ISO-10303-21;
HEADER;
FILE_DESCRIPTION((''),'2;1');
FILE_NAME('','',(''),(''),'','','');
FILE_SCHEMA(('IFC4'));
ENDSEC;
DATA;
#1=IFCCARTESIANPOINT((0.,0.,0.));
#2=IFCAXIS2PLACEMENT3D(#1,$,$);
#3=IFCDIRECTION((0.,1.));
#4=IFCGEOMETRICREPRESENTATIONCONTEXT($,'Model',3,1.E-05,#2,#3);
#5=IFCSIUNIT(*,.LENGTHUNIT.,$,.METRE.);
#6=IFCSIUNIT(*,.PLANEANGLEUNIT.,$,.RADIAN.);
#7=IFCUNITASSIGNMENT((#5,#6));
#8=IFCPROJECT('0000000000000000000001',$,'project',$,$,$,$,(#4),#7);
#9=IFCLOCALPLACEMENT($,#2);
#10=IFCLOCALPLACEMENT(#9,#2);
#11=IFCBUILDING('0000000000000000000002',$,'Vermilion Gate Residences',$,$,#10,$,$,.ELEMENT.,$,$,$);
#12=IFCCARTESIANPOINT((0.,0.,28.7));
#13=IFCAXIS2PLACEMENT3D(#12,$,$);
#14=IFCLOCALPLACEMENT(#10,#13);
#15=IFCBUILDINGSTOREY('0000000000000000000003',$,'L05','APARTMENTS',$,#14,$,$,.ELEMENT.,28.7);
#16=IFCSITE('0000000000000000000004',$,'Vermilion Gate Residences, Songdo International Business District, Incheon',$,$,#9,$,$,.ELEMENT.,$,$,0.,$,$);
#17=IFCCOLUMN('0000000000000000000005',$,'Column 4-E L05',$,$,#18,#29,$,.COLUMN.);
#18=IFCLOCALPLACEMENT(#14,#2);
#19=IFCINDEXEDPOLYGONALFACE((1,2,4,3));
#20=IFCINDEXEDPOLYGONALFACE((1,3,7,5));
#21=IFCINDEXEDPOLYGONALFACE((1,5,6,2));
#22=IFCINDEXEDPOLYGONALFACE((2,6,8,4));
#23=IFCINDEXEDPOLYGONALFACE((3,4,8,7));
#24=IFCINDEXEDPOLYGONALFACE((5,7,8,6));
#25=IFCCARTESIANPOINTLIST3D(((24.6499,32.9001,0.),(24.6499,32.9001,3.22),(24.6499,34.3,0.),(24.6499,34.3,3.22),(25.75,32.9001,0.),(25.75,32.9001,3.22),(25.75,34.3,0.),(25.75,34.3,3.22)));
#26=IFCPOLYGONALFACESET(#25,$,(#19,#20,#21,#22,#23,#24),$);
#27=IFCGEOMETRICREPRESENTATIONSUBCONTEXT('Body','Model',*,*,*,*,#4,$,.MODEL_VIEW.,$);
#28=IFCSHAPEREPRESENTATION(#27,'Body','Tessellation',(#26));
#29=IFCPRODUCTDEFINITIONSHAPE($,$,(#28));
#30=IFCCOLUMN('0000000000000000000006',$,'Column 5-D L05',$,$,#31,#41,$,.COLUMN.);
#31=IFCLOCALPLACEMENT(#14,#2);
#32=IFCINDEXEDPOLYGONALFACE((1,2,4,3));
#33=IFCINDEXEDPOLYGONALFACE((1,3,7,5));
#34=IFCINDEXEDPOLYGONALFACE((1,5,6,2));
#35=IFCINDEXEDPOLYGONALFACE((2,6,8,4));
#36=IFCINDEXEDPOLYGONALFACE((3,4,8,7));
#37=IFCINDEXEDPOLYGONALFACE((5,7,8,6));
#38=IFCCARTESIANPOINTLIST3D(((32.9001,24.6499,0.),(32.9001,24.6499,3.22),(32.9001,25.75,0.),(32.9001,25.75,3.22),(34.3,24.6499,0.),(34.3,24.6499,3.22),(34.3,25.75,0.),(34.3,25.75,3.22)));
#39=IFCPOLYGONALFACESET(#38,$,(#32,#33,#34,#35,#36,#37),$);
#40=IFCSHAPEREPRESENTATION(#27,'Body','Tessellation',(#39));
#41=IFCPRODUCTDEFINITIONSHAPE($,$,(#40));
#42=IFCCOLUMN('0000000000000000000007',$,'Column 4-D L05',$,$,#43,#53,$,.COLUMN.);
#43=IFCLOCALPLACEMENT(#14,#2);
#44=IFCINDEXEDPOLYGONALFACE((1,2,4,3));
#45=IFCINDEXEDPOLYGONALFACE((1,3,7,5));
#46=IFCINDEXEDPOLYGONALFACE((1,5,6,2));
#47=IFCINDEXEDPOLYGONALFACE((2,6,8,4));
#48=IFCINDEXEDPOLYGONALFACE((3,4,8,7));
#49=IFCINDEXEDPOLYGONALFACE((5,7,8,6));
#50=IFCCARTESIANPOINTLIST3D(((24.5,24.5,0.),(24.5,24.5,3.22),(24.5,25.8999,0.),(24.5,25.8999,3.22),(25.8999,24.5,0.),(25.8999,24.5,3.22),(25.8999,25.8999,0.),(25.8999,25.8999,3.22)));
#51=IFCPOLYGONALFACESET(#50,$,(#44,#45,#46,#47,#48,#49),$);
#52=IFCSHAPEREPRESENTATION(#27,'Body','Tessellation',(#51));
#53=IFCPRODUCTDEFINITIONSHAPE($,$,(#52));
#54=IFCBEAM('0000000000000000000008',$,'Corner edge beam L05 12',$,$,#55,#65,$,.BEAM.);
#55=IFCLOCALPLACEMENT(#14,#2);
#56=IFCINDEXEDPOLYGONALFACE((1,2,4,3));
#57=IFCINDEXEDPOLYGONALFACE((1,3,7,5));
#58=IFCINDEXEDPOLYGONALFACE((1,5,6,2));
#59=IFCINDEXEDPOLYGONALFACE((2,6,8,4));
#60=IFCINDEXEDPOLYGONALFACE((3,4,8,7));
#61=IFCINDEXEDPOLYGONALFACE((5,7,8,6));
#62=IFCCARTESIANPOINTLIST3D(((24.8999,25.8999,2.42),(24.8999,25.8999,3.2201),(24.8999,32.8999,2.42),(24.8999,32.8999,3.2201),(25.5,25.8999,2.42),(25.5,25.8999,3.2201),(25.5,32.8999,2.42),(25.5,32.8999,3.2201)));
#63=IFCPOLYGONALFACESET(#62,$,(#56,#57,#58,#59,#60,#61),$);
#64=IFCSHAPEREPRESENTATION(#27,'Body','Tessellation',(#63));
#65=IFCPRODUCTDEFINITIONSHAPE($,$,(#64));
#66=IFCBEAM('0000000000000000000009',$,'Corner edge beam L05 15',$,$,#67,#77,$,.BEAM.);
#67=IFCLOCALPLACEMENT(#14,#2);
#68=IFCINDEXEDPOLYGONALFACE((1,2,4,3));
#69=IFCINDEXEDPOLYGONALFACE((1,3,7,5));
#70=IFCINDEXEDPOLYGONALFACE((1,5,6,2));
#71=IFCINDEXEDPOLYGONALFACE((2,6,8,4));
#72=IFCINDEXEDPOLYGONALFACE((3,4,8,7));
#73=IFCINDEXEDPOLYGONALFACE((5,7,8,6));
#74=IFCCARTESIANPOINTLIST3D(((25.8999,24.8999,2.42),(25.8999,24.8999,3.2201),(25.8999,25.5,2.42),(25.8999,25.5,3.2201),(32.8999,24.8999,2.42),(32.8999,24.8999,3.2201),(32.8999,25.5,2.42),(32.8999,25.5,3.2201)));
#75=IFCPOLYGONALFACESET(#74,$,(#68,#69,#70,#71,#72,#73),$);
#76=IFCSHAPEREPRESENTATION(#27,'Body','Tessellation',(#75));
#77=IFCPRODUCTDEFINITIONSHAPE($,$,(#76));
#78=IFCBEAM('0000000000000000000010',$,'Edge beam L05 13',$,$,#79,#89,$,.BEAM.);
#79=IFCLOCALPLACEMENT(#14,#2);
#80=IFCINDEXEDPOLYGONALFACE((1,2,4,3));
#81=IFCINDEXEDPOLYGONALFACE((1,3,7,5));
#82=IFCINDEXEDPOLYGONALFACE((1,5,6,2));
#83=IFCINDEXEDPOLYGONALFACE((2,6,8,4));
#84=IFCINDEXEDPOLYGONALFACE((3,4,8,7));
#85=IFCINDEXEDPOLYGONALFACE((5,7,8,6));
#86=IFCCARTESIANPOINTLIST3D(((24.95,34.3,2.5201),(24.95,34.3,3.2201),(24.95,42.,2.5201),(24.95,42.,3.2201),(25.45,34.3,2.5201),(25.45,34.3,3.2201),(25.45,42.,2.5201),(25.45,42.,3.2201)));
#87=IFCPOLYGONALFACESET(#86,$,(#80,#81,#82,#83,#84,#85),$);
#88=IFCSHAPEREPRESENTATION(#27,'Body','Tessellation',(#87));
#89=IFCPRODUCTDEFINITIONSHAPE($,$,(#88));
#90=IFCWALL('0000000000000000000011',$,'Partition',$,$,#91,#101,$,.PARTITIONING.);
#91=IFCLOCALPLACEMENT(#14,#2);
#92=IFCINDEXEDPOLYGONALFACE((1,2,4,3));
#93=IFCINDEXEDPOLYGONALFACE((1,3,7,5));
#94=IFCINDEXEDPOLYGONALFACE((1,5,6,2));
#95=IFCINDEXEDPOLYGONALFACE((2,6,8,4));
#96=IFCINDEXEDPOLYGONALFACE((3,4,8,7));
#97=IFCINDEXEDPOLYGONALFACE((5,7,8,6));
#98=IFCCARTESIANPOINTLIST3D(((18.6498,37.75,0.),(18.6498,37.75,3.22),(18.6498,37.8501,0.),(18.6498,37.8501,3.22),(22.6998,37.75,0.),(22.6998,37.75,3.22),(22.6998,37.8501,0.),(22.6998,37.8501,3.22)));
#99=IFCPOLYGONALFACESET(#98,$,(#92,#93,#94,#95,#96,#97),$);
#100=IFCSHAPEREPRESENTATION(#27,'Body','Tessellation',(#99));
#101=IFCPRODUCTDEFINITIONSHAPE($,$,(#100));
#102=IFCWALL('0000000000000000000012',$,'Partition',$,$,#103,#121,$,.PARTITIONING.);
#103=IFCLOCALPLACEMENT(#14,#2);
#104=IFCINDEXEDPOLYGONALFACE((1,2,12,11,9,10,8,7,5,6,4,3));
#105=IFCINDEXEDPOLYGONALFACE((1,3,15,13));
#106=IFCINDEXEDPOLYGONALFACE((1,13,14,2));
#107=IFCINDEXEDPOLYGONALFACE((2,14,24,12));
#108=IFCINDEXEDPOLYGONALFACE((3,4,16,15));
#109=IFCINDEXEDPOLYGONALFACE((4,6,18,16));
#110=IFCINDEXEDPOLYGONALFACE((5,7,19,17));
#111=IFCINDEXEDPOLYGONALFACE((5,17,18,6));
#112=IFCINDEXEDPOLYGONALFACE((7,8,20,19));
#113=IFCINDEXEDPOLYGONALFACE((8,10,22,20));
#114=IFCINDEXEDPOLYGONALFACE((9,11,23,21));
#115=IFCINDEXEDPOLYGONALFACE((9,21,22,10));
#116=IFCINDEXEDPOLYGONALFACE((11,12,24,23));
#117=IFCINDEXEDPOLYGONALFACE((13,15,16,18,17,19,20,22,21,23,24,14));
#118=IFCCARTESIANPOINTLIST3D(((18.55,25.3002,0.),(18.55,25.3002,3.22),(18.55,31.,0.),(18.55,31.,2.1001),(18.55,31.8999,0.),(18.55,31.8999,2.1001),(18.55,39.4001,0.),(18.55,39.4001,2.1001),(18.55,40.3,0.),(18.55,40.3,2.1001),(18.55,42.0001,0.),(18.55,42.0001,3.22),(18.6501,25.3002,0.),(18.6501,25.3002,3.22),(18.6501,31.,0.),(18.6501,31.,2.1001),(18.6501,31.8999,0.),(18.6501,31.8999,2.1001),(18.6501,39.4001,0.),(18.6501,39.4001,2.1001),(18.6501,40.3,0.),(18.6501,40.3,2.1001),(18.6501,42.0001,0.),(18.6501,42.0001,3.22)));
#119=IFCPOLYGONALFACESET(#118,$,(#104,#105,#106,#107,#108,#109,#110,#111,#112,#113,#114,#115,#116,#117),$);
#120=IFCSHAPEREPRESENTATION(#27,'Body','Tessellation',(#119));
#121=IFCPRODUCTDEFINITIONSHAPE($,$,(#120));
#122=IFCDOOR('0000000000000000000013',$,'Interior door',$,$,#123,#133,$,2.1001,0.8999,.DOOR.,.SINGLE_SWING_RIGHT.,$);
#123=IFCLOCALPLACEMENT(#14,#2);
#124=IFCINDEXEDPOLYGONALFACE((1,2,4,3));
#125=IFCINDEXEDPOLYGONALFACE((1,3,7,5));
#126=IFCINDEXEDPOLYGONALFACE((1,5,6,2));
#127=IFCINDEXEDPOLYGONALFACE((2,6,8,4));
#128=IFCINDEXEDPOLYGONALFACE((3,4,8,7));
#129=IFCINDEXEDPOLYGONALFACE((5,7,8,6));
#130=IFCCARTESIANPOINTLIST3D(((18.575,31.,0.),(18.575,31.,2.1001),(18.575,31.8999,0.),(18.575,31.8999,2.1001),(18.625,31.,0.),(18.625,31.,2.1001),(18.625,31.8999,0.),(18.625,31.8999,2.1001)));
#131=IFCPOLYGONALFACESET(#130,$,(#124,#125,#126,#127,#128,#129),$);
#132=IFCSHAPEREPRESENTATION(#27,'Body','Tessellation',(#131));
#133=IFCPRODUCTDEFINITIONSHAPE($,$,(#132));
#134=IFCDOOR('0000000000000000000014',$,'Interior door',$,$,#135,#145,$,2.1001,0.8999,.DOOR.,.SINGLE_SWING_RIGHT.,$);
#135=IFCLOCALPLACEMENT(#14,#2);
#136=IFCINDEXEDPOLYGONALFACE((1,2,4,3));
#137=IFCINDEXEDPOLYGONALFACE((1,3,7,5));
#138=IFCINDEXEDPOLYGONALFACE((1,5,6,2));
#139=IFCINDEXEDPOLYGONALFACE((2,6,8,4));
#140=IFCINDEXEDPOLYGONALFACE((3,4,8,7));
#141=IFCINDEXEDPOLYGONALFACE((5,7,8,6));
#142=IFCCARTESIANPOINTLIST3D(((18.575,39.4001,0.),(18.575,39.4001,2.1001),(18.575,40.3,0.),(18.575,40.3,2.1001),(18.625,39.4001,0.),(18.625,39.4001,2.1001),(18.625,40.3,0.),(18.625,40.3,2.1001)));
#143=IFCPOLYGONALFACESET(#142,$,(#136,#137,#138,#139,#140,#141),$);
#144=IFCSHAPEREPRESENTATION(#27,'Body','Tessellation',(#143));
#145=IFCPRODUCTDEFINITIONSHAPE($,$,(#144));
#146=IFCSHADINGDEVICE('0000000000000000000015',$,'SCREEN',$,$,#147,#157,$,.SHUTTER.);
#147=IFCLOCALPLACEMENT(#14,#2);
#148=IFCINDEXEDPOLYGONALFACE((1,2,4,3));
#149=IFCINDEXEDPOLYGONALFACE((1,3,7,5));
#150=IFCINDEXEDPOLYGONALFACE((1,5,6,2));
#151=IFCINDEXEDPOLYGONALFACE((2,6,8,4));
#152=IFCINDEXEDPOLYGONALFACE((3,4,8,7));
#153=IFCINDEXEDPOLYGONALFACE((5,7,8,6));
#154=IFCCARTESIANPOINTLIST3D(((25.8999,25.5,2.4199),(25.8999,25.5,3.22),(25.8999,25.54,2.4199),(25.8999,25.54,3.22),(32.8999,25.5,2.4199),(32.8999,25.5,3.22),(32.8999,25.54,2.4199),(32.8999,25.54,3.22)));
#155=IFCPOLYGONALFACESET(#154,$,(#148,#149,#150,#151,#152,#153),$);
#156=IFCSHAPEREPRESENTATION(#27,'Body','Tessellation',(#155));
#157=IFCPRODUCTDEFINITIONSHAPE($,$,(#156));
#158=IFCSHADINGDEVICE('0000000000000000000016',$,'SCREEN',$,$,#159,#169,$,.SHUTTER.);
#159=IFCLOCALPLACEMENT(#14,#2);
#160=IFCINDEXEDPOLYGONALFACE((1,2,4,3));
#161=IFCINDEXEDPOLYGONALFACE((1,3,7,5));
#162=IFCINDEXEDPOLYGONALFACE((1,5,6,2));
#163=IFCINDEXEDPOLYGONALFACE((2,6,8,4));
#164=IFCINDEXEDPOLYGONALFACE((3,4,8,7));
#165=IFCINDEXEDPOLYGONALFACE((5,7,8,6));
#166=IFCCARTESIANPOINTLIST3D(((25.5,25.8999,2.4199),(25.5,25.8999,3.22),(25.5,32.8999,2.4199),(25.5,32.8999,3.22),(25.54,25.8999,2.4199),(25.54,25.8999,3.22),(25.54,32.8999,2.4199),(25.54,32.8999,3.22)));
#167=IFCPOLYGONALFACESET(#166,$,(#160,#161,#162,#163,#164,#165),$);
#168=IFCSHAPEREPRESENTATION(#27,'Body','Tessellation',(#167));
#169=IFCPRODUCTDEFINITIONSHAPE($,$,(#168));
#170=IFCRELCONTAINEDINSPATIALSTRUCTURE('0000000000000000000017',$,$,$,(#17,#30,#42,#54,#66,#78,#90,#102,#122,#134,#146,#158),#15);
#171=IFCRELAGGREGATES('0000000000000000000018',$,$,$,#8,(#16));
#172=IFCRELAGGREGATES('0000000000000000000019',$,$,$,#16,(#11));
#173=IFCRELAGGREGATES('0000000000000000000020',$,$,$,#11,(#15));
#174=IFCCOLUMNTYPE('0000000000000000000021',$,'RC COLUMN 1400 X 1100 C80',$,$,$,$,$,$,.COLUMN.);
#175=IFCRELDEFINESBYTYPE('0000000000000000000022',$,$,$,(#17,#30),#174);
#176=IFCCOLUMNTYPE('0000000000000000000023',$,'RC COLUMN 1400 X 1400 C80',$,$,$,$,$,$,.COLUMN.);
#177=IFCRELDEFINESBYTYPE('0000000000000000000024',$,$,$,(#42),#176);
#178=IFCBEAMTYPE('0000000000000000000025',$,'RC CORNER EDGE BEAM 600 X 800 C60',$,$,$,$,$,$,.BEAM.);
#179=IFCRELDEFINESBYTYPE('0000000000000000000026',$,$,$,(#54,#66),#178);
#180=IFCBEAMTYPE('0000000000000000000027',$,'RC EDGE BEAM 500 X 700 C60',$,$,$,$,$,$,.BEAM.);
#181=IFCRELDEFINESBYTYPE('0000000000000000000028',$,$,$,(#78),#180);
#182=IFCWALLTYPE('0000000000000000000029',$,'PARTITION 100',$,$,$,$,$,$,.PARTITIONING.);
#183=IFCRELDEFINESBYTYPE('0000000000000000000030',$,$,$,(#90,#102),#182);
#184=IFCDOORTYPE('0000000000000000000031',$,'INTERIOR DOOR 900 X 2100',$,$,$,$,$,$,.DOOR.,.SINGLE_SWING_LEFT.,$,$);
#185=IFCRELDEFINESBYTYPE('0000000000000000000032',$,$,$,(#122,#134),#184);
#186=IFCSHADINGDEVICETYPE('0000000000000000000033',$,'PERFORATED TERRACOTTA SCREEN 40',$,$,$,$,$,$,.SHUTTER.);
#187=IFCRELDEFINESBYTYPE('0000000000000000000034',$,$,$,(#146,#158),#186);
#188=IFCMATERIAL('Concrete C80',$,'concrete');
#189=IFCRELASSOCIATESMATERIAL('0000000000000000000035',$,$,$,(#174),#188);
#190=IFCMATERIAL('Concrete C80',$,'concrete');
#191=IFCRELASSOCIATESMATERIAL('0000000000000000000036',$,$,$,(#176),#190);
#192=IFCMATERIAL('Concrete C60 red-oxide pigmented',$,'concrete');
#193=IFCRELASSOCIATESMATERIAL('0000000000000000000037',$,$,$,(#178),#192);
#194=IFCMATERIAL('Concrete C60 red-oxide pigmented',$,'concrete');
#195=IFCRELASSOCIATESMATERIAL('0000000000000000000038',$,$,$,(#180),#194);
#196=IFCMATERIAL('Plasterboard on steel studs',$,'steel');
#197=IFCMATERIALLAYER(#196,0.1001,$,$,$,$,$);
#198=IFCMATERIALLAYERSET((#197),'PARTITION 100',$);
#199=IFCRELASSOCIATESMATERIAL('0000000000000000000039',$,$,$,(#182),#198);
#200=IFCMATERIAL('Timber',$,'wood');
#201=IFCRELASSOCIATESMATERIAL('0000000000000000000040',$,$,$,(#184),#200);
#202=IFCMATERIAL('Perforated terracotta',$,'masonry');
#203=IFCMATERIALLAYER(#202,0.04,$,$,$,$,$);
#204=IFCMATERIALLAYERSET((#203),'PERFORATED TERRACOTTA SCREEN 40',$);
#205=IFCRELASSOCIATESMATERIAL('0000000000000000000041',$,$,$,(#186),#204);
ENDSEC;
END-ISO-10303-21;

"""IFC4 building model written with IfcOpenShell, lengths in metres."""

from ifc_helpers import new_model, si_unit, direction, frame, frame_2d, origin, origin_2d, place, context, subcontext, project, spatial, rectangle, extrude, material, layer, layer_set, material_profile, profile_set, type_object, element, fill, save


model = new_model("IFC4")

# Units and contexts
model_context = context("Model", 3, precision=1e-05, world=origin(), true_north=direction((0.0, 1.0)))
body_context = subcontext(model_context, "Body", "Model", "MODEL_VIEW")
ifc_project = project(units=[si_unit("LENGTHUNIT", "METRE"), si_unit("PLANEANGLEUNIT", "RADIAN")], contexts=[model_context])

# Site, building, storey
site_placement = place(None, origin())
site = spatial("IfcSite", under=ifc_project, at=site_placement, Name="Vermilion Gate Residences, Songdo International Business District, Incheon", CompositionType="ELEMENT", RefElevation=0.0)
building_placement = place(site_placement, origin())
building = spatial("IfcBuilding", under=site, at=building_placement, Name="Vermilion Gate Residences", CompositionType="ELEMENT")
storey_placement = place(building_placement, frame((0.0, 0.0, 28.7)))
storey = spatial("IfcBuildingStorey", under=building, at=storey_placement, Name="L05", Description="APARTMENTS", CompositionType="ELEMENT", Elevation=28.7)

# Columns
ifc_material_1 = material(Name="Concrete C80", Category="concrete")
ifc_material_profile_1 = material_profile(ifc_material_1, rectangle(XDim=1.3999, YDim=1.1001, at=origin_2d()), Name="RC-1400x1100")
ifc_profile_set_1 = profile_set([ifc_material_profile_1], Name="Concrete C80")
column_type_1 = type_object("IfcColumnType", Name="RC COLUMN 1400 X 1100 C80", PredefinedType="COLUMN", material=ifc_profile_set_1)
for number, where, z_axis, x_axis, name in (
    (1, (25.2, 33.6001, 0.0), (0.0, 0.0, 1.0), (0.0, 1.0, 0.0), "Column 4-E L05"),
    (2, (33.6001, 25.2, 0.0), (0.0, 0.0, 1.0), (1.0, 0.0, 0.0), "Column 5-D L05"),
):
    element("IfcColumn", number, at=place(storey_placement, frame(where, z_axis=z_axis, x_axis=x_axis)), inside=storey, type_object=column_type_1, Name=name, PredefinedType="COLUMN", context=body_context, shape_type="SweptSolid", body=[
        extrude(rectangle(XDim=1.3999, YDim=1.1001, at=origin_2d()), origin(), (0.0, 0.0, 1.0), 3.22),
    ])
ifc_material_2 = material(Name="Concrete C80", Category="concrete")
ifc_material_profile_2 = material_profile(ifc_material_2, rectangle(XDim=1.3999, YDim=1.3999, at=origin_2d()), Name="RC-1400x1400")
ifc_profile_set_2 = profile_set([ifc_material_profile_2], Name="Concrete C80")
column_type_2 = type_object("IfcColumnType", Name="RC COLUMN 1400 X 1400 C80", PredefinedType="COLUMN", material=ifc_profile_set_2)
column_placement = place(storey_placement, frame((25.2, 25.2, 0.0), z_axis=(0.0, 0.0, 1.0), x_axis=(1.0, 0.0, 0.0)))
element("IfcColumn", 3, at=column_placement, inside=storey, type_object=column_type_2, Name="Column 4-D L05", PredefinedType="COLUMN", context=body_context, shape_type="SweptSolid", body=[
    extrude(rectangle(XDim=1.3999, YDim=1.3999, at=origin_2d()), origin(), (0.0, 0.0, 1.0), 3.22),
])

# Beams
ifc_material_3 = material(Name="Concrete C60 red-oxide pigmented", Category="concrete")
ifc_material_profile_3 = material_profile(ifc_material_3, rectangle(XDim=0.6001, YDim=0.8, at=origin_2d()), Name="RC-600x800")
ifc_profile_set_3 = profile_set([ifc_material_profile_3], Name="Concrete C60 red-oxide pigmented")
beam_type_1 = type_object("IfcBeamType", Name="RC CORNER EDGE BEAM 600 X 800 C60", PredefinedType="BEAM", material=ifc_profile_set_3)
for number, where, z_axis, x_axis, name in (
    (4, (25.2, 25.8999, 2.8201), (0.0, 1.0, 0.0), (-1.0, 0.0, 0.0), "Corner edge beam L05 12"),
    (5, (25.8999, 25.2, 2.8201), (1.0, 0.0, 0.0), (0.0, 1.0, 0.0), "Corner edge beam L05 15"),
):
    element("IfcBeam", number, at=place(storey_placement, frame(where, z_axis=z_axis, x_axis=x_axis)), inside=storey, type_object=beam_type_1, Name=name, PredefinedType="BEAM", context=body_context, shape_type="SweptSolid", body=[
        extrude(rectangle(XDim=0.6001, YDim=0.8, at=origin_2d()), origin(), (0.0, 0.0, 1.0), 7.0),
    ])
ifc_material_4 = material(Name="Concrete C60 red-oxide pigmented", Category="concrete")
ifc_material_profile_4 = material_profile(ifc_material_4, rectangle(XDim=0.5, YDim=0.7, at=origin_2d()), Name="RC-500x700")
ifc_profile_set_4 = profile_set([ifc_material_profile_4], Name="Concrete C60 red-oxide pigmented")
beam_type_2 = type_object("IfcBeamType", Name="RC EDGE BEAM 500 X 700 C60", PredefinedType="BEAM", material=ifc_profile_set_4)
beam_placement = place(storey_placement, frame((25.2, 34.3, 2.8701), z_axis=(0.0, 1.0, 0.0), x_axis=(-1.0, 0.0, 0.0)))
element("IfcBeam", 6, at=beam_placement, inside=storey, type_object=beam_type_2, Name="Edge beam L05 13", PredefinedType="BEAM", context=body_context, shape_type="SweptSolid", body=[
    extrude(rectangle(XDim=0.5, YDim=0.7, at=origin_2d()), origin(), (0.0, 0.0, 1.0), 7.7),
])

# Wall
ifc_material_5 = material(Name="Plasterboard on steel studs", Category="steel")
ifc_layer_1 = layer(ifc_material_5, 0.1001)
ifc_layer_set_1 = layer_set([ifc_layer_1], Name="PARTITION 100")
wall_type = type_object("IfcWallType", Name="PARTITION 100", PredefinedType="PARTITIONING", material=ifc_layer_set_1)
wall_1_placement = place(storey_placement, frame((18.6499, 37.8, 0.0), z_axis=(0.0, 0.0, 1.0), x_axis=(1.0, 0.0, 0.0)))
element("IfcWall", 7, at=wall_1_placement, inside=storey, type_object=wall_type, Name="Partition", PredefinedType="PARTITIONING", context=body_context, shape_type="SweptSolid", body=[
    extrude(rectangle(XDim=4.05, YDim=0.1001, at=frame_2d((2.0249, 0.0))), origin(), (0.0, 0.0, 1.0), 3.22),
])

# Wall, openings, doors
wall_2_placement = place(storey_placement, frame((18.6001, 25.3, 0.0), z_axis=(0.0, 0.0, 1.0), x_axis=(0.0, 1.0, 0.0)))
wall_2 = element("IfcWall", 8, at=wall_2_placement, inside=storey, type_object=wall_type, Name="Partition", PredefinedType="PARTITIONING", context=body_context, shape_type="SweptSolid", body=[
    extrude(rectangle(XDim=16.7, YDim=0.1001, at=frame_2d((8.3501, 0.0))), origin(), (0.0, 0.0, 1.0), 3.22),
])
opening_1_placement = place(wall_2_placement, frame((5.7, 0.0, 0.0)))
opening_1 = element("IfcOpeningElement", 9, at=opening_1_placement, cuts=wall_2, PredefinedType="OPENING", context=body_context, shape_type="SweptSolid", body=[
    extrude(rectangle(XDim=0.8999, YDim=2.1001, at=frame_2d((0.45, 1.05))), frame((0.0, 0.0601, 0.0), z_axis=(0.0, -1.0, 0.0), x_axis=(1.0, 0.0, 0.0)), (0.0, 0.0, 1.0), 0.1201),
])
opening_2_placement = place(wall_2_placement, frame((14.1001, 0.0, 0.0)))
opening_2 = element("IfcOpeningElement", 10, at=opening_2_placement, cuts=wall_2, PredefinedType="OPENING", context=body_context, shape_type="SweptSolid", body=[
    extrude(rectangle(XDim=0.8999, YDim=2.1001, at=frame_2d((0.45, 1.05))), frame((0.0, 0.0601, 0.0), z_axis=(0.0, -1.0, 0.0), x_axis=(1.0, 0.0, 0.0)), (0.0, 0.0, 1.0), 0.1201),
])
ifc_material_6 = material(Name="Timber", Category="wood")
door_type = type_object("IfcDoorType", Name="INTERIOR DOOR 900 X 2100", OperationType="SINGLE_SWING_LEFT", PredefinedType="DOOR", material=ifc_material_6)
door_1_placement = place(opening_1_placement, frame((0.8999, 0.0, 0.0), z_axis=(0.0, 0.0, 1.0), x_axis=(-1.0, 0.0, 0.0)))
door_1 = element("IfcDoor", 11, at=door_1_placement, inside=storey, type_object=door_type, Name="Interior door", OperationType="SINGLE_SWING_RIGHT", OverallHeight=2.1001, OverallWidth=0.8999, PredefinedType="DOOR", context=body_context, shape_type="SweptSolid", body=[
    extrude(rectangle(XDim=0.8999, YDim=2.1001, at=frame_2d((0.45, 1.05))), frame((0.0, 0.0249, 0.0), z_axis=(0.0, -1.0, 0.0), x_axis=(1.0, 0.0, 0.0)), (0.0, 0.0, 1.0), 0.05),
])
fill(opening_1, door_1)
door_2_placement = place(opening_2_placement, frame((0.8999, 0.0, 0.0), z_axis=(0.0, 0.0, 1.0), x_axis=(-1.0, 0.0, 0.0)))
door_2 = element("IfcDoor", 12, at=door_2_placement, inside=storey, type_object=door_type, Name="Interior door", OperationType="SINGLE_SWING_RIGHT", OverallHeight=2.1001, OverallWidth=0.8999, PredefinedType="DOOR", context=body_context, shape_type="SweptSolid", body=[
    extrude(rectangle(XDim=0.8999, YDim=2.1001, at=frame_2d((0.45, 1.05))), frame((0.0, 0.0249, 0.0), z_axis=(0.0, -1.0, 0.0), x_axis=(1.0, 0.0, 0.0)), (0.0, 0.0, 1.0), 0.05),
])
fill(opening_2, door_2)

# Shading devices
ifc_material_7 = material(Name="Perforated terracotta", Category="masonry")
ifc_layer_2 = layer(ifc_material_7, 0.04)
ifc_layer_set_2 = layer_set([ifc_layer_2], Name="PERFORATED TERRACOTTA SCREEN 40")
shading_device_type_1 = type_object("IfcShadingDeviceType", Name="PERFORATED TERRACOTTA SCREEN 40", PredefinedType="SHUTTER", material=ifc_layer_set_2)
for number, where, z_axis, x_axis, name in (
    (13, (29.3999, 25.52, 2.4199), (0.0, 0.0, 1.0), (-1.0, 0.0, 0.0), "SCREEN"),
    (14, (25.52, 29.3999, 2.4199), (0.0, 0.0, 1.0), (0.0, 1.0, 0.0), "SCREEN"),
):
    element("IfcShadingDevice", number, at=place(storey_placement, frame(where, z_axis=z_axis, x_axis=x_axis)), inside=storey, type_object=shading_device_type_1, Name=name, PredefinedType="SHUTTER", context=body_context, shape_type="SweptSolid", body=[
        extrude(rectangle(XDim=7.0, YDim=0.04, at=origin_2d()), origin(), (0.0, 0.0, 1.0), 0.8),
    ])

save(model, "model.ifc")
